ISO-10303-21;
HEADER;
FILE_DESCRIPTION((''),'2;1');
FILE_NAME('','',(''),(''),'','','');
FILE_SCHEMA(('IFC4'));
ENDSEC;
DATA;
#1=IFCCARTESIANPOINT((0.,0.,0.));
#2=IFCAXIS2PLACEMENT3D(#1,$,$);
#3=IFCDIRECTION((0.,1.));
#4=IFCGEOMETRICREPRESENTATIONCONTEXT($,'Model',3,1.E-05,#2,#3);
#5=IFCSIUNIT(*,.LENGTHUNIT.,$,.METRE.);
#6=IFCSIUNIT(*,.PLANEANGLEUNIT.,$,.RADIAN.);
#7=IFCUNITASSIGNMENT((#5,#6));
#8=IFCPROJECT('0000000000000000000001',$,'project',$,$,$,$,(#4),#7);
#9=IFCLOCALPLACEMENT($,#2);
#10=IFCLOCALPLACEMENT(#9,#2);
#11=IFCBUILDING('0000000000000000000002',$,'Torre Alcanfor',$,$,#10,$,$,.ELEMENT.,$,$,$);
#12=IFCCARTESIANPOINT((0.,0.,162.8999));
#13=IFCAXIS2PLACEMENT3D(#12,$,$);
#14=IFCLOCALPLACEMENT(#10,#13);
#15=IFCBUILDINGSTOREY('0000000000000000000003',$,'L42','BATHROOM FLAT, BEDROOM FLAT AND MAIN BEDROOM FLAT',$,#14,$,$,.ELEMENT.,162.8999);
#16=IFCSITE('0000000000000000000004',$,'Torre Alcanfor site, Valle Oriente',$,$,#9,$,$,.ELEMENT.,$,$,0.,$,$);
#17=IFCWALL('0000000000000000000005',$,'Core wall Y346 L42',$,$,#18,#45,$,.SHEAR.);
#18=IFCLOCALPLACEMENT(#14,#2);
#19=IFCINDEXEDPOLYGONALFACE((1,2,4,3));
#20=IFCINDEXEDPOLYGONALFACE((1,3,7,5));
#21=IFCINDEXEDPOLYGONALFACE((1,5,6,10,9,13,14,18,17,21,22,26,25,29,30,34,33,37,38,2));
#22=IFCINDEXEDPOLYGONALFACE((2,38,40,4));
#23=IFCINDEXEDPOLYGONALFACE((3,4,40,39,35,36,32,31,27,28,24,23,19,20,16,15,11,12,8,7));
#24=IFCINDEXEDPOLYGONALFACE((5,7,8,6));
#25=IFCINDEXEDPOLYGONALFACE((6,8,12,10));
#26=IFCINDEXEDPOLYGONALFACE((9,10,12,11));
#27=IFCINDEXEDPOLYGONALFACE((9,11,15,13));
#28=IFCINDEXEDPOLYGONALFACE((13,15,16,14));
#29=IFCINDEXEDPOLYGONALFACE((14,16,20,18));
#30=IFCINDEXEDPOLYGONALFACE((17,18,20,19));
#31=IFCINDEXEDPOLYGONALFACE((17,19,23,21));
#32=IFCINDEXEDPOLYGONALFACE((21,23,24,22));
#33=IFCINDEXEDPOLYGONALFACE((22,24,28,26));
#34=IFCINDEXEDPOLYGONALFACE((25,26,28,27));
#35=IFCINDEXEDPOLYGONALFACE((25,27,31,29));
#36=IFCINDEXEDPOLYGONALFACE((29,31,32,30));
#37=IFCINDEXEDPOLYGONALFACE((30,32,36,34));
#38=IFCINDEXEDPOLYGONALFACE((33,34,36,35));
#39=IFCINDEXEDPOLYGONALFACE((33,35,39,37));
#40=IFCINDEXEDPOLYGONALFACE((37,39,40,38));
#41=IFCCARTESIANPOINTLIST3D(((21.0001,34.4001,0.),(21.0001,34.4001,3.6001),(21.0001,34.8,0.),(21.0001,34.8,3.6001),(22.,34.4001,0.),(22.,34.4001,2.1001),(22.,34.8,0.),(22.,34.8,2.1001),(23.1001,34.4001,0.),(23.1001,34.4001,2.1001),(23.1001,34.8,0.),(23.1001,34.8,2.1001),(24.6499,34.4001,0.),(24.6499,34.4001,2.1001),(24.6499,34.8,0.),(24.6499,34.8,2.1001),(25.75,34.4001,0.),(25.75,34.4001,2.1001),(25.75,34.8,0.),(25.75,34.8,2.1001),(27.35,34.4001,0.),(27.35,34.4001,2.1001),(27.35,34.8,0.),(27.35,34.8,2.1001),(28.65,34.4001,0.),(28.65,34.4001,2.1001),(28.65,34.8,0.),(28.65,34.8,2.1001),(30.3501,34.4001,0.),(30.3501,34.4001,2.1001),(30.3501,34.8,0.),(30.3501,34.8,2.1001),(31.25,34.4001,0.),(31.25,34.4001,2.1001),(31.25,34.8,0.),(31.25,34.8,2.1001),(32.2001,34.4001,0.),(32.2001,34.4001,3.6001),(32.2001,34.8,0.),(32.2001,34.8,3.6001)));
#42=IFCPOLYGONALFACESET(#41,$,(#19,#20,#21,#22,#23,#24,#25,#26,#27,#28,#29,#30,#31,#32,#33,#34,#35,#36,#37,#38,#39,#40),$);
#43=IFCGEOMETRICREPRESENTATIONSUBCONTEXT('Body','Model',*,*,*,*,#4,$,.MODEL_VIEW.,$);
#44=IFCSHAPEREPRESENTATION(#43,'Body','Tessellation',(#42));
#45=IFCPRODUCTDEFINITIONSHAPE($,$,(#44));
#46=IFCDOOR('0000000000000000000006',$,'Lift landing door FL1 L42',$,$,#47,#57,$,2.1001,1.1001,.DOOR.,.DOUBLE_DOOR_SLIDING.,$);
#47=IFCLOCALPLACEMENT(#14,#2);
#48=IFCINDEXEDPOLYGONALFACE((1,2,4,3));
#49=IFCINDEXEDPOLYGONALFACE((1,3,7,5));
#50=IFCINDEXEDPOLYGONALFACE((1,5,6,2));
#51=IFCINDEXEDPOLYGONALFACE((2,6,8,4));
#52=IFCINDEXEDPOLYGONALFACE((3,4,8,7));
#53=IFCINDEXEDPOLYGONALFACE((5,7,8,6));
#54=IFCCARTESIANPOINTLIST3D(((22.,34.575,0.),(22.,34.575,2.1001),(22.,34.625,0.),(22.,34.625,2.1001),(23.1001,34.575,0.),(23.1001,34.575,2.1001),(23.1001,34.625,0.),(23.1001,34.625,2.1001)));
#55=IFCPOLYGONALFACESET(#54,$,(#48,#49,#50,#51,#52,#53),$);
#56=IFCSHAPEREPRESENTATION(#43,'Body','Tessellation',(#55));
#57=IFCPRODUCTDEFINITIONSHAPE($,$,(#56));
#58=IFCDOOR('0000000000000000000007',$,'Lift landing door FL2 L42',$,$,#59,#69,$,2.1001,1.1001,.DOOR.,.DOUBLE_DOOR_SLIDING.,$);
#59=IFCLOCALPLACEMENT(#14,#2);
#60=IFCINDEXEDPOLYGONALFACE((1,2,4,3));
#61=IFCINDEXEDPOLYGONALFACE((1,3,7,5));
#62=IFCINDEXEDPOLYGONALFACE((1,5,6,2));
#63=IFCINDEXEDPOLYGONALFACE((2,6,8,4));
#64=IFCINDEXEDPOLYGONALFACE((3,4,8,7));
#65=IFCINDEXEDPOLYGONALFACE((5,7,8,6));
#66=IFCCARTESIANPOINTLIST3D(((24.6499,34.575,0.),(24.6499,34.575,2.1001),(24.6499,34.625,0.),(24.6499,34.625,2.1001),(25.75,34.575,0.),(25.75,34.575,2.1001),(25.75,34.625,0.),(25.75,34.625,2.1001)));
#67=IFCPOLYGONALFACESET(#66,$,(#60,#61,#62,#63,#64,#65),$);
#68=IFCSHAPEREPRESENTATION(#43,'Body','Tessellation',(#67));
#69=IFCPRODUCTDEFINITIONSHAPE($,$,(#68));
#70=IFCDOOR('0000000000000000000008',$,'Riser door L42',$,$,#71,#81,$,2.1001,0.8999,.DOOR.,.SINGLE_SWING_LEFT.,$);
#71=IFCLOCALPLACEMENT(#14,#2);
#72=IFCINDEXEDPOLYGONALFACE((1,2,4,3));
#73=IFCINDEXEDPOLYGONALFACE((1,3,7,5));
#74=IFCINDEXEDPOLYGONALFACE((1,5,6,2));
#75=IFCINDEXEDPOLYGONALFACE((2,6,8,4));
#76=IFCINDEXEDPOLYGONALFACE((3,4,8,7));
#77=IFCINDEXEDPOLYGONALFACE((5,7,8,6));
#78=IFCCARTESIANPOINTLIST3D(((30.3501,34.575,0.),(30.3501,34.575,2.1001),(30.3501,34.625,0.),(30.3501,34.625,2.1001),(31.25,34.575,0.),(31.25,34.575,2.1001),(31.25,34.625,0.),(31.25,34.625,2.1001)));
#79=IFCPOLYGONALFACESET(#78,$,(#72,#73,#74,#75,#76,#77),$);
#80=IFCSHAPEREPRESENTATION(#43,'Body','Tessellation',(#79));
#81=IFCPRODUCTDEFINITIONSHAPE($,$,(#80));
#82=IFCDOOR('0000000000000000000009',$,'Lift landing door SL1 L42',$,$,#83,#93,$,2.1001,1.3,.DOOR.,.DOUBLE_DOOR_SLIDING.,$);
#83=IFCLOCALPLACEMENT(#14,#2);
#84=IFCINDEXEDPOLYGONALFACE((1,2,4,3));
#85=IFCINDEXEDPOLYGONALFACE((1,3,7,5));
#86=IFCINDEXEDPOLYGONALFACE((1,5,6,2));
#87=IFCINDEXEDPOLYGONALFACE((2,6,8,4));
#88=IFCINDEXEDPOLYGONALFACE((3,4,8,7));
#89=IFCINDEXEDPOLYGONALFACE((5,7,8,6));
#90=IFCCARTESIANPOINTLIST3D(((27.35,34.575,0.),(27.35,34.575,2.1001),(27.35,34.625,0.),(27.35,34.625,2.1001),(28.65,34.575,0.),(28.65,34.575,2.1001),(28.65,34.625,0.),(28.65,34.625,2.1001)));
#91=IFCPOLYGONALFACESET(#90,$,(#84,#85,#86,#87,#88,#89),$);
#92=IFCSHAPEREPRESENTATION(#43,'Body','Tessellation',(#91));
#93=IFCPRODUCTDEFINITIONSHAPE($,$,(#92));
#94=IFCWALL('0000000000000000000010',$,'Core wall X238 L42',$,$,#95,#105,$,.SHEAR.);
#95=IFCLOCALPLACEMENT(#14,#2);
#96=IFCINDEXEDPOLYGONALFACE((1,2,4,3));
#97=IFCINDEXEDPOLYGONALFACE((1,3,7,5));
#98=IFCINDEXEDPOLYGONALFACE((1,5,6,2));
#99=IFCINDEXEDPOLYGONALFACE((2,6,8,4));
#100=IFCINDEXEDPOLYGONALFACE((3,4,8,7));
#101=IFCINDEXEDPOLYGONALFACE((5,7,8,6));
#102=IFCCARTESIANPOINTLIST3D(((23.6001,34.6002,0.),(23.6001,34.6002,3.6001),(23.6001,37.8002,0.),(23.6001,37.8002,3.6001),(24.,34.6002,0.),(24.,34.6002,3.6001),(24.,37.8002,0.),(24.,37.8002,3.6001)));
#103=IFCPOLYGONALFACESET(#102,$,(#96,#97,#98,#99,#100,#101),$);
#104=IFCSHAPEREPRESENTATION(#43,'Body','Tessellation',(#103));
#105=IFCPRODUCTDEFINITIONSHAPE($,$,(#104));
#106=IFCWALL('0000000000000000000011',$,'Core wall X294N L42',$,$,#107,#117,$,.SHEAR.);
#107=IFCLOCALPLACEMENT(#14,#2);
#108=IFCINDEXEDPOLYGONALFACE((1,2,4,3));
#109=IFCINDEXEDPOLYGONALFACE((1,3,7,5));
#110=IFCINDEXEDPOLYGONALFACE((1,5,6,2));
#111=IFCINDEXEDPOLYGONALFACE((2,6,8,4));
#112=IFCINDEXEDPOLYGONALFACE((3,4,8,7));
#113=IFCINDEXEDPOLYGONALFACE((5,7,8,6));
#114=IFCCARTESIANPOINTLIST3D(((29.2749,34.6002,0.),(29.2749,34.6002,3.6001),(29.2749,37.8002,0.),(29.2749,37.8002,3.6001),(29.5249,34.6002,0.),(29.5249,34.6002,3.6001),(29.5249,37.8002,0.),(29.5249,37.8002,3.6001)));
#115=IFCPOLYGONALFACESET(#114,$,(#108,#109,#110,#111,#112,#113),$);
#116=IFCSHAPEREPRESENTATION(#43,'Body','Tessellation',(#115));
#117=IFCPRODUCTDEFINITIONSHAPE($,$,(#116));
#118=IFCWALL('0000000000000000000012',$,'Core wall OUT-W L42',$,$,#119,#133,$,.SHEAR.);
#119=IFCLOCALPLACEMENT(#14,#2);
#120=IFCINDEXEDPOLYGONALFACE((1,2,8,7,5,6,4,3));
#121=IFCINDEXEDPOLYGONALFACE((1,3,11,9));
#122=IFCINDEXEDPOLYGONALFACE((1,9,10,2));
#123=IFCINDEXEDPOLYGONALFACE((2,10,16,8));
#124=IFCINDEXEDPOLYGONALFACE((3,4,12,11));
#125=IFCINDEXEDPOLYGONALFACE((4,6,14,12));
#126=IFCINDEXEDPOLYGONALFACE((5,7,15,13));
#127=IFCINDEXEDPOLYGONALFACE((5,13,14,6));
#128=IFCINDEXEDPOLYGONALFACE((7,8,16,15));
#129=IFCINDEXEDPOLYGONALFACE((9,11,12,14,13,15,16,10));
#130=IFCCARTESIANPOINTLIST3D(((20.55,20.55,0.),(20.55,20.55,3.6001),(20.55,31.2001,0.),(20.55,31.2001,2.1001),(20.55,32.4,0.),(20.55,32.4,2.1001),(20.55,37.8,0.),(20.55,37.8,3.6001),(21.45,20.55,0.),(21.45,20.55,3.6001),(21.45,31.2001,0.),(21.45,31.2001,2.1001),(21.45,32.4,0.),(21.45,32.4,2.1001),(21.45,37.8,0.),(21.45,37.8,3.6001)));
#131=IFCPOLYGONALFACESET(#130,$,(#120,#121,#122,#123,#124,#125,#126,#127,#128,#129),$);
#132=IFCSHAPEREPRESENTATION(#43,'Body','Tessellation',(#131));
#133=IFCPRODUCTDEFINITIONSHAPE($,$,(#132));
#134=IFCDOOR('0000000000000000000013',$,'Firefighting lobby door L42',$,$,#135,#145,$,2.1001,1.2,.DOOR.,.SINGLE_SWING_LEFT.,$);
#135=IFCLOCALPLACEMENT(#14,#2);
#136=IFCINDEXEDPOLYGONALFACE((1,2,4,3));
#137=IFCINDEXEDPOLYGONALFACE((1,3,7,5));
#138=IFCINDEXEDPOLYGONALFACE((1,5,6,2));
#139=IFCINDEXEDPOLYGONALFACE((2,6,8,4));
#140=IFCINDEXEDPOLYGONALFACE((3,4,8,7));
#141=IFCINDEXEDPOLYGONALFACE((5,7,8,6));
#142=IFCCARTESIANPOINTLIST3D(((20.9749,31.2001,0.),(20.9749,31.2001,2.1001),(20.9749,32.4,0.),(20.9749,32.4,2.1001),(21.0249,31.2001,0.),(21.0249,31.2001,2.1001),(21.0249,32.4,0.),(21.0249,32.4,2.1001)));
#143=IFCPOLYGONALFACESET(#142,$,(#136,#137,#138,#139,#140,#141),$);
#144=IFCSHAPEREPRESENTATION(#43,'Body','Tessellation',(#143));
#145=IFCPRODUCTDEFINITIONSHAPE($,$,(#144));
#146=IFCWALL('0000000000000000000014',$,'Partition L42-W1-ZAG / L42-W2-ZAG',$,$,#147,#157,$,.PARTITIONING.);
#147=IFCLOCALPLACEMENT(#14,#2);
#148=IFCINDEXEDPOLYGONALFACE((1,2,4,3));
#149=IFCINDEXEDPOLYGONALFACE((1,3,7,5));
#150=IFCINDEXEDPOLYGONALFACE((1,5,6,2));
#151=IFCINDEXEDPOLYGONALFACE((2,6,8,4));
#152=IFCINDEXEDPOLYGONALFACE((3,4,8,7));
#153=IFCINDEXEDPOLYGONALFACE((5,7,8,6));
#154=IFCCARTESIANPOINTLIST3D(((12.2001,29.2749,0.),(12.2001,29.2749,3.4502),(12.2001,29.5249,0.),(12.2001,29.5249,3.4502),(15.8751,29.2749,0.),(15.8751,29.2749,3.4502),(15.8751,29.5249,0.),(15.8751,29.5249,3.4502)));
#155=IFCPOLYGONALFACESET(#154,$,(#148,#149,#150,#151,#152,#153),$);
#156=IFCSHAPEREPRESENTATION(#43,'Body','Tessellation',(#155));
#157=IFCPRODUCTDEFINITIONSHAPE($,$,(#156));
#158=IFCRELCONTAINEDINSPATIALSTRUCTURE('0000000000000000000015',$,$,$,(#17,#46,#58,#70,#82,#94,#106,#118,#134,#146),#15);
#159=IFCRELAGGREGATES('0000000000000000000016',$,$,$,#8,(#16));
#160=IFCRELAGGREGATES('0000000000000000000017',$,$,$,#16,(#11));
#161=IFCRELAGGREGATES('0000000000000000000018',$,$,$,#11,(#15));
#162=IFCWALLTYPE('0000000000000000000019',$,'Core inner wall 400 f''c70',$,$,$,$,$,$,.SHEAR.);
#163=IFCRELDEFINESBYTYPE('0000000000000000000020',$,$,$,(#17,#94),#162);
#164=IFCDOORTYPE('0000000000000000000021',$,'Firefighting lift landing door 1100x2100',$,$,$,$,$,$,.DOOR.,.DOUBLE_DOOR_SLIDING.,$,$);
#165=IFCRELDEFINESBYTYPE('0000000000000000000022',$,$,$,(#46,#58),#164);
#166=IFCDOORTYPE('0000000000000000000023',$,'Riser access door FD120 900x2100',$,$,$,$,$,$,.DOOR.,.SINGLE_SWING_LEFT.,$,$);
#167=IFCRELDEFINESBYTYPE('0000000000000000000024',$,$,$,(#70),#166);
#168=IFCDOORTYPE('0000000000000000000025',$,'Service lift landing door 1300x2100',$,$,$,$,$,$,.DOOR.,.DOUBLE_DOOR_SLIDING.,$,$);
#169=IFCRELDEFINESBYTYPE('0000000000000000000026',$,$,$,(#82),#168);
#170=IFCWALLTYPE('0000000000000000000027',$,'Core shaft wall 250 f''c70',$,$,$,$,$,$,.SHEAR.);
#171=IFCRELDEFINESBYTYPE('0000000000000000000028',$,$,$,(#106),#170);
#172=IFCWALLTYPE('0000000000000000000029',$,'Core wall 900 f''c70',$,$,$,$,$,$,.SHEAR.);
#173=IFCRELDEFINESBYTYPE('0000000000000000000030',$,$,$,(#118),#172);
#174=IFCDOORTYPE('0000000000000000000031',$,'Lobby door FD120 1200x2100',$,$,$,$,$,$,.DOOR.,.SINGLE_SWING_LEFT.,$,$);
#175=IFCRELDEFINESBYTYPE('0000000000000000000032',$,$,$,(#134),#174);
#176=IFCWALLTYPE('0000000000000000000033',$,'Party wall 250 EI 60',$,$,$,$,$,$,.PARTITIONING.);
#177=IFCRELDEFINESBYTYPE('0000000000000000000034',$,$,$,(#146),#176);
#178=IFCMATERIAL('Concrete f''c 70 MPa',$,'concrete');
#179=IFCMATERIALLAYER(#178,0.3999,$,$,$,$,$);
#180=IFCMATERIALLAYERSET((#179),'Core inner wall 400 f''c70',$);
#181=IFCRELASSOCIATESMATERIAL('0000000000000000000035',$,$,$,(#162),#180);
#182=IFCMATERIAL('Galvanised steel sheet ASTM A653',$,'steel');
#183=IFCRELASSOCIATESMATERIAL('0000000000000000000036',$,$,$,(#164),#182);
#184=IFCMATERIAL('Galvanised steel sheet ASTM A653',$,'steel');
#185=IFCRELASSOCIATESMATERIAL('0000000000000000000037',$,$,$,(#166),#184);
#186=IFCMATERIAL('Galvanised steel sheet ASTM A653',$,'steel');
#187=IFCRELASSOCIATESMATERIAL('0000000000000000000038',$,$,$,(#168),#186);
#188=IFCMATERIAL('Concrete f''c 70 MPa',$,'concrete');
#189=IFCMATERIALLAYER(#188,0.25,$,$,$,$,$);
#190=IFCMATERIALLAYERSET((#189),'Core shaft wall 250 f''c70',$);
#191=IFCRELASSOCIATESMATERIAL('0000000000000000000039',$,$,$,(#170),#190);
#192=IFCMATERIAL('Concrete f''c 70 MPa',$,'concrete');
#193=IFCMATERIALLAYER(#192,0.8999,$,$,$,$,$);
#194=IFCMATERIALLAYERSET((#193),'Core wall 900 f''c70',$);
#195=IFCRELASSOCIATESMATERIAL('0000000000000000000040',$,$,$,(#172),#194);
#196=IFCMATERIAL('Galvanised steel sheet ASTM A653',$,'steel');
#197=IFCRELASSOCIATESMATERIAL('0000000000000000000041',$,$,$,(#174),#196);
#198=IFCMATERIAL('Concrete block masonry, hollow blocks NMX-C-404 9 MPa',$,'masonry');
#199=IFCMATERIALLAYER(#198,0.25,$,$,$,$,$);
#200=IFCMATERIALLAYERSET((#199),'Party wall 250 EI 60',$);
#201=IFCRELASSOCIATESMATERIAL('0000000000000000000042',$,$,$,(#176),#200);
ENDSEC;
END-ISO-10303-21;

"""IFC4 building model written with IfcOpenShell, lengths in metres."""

from ifc_helpers import new_model, si_unit, direction, frame, frame_2d, origin, place, context, subcontext, project, spatial, rectangle, extrude, material, layer, layer_set, type_object, element, fill, save


model = new_model("IFC4")

# Units and contexts
model_context = context("Model", 3, precision=1e-05, world=origin(), true_north=direction((0.0, 1.0)))
body_context = subcontext(model_context, "Body", "Model", "MODEL_VIEW")
ifc_project = project(units=[si_unit("LENGTHUNIT", "METRE"), si_unit("PLANEANGLEUNIT", "RADIAN")], contexts=[model_context])

# Site, building, storey
site_placement = place(None, origin())
site = spatial("IfcSite", under=ifc_project, at=site_placement, Name="Torre Alcanfor site, Valle Oriente", CompositionType="ELEMENT", RefElevation=0.0)
building_placement = place(site_placement, origin())
building = spatial("IfcBuilding", under=site, at=building_placement, Name="Torre Alcanfor", CompositionType="ELEMENT")
storey_placement = place(building_placement, frame((0.0, 0.0, 162.8999)))
storey = spatial("IfcBuildingStorey", under=building, at=storey_placement, Name="L42", Description="BATHROOM FLAT, BEDROOM FLAT AND MAIN BEDROOM FLAT", CompositionType="ELEMENT", Elevation=162.8999)

# Shared definitions
ifc_material_1 = material(Name="Concrete f'c 70 MPa", Category="concrete")
ifc_layer_1 = layer(ifc_material_1, 0.3999)
ifc_layer_set_1 = layer_set([ifc_layer_1], Name="Core inner wall 400 f'c70")
wall_type_1 = type_object("IfcWallType", Name="Core inner wall 400 f'c70", PredefinedType="SHEAR", material=ifc_layer_set_1)

# Wall, openings, doors
wall_1_placement = place(storey_placement, frame((21.0, 34.6001, 0.0), z_axis=(0.0, 0.0, 1.0), x_axis=(1.0, 0.0, 0.0)))
wall_1 = element("IfcWall", 1, at=wall_1_placement, inside=storey, type_object=wall_type_1, Name="Core wall Y346 L42", PredefinedType="SHEAR", context=body_context, shape_type="SweptSolid", body=[
    extrude(rectangle(XDim=11.2, YDim=0.3999, at=frame_2d((5.6001, 0.0))), origin(), (0.0, 0.0, 1.0), 3.6001),
])
opening_1_placement = place(wall_1_placement, frame((9.3501, 0.0, 0.0)))
opening_1 = element("IfcOpeningElement", 2, at=opening_1_placement, cuts=wall_1, PredefinedType="OPENING", context=body_context, shape_type="SweptSolid", body=[
    extrude(rectangle(XDim=0.8999, YDim=2.1001, at=frame_2d((0.45, 1.05))), frame((0.0, 0.21, 0.0), z_axis=(0.0, -1.0, 0.0), x_axis=(1.0, 0.0, 0.0)), (0.0, 0.0, 1.0), 0.4199),
])
opening_2_placement = place(wall_1_placement, frame((1.0, 0.0, 0.0)))
opening_2 = element("IfcOpeningElement", 3, at=opening_2_placement, cuts=wall_1, PredefinedType="OPENING", context=body_context, shape_type="SweptSolid", body=[
    extrude(rectangle(XDim=1.1001, YDim=2.1001, at=frame_2d((0.55, 1.05))), frame((0.0, 0.21, 0.0), z_axis=(0.0, -1.0, 0.0), x_axis=(1.0, 0.0, 0.0)), (0.0, 0.0, 1.0), 0.4199),
])
opening_3_placement = place(wall_1_placement, frame((3.6499, 0.0, 0.0)))
opening_3 = element("IfcOpeningElement", 4, at=opening_3_placement, cuts=wall_1, PredefinedType="OPENING", context=body_context, shape_type="SweptSolid", body=[
    extrude(rectangle(XDim=1.1001, YDim=2.1001, at=frame_2d((0.55, 1.05))), frame((0.0, 0.21, 0.0), z_axis=(0.0, -1.0, 0.0), x_axis=(1.0, 0.0, 0.0)), (0.0, 0.0, 1.0), 0.4199),
])
opening_4_placement = place(wall_1_placement, frame((6.3501, 0.0, 0.0)))
opening_4 = element("IfcOpeningElement", 5, at=opening_4_placement, cuts=wall_1, PredefinedType="OPENING", context=body_context, shape_type="SweptSolid", body=[
    extrude(rectangle(XDim=1.3, YDim=2.1001, at=frame_2d((0.6499, 1.05))), frame((0.0, 0.21, 0.0), z_axis=(0.0, -1.0, 0.0), x_axis=(1.0, 0.0, 0.0)), (0.0, 0.0, 1.0), 0.4199),
])
ifc_material_2 = material(Name="Galvanised steel sheet ASTM A653", Category="steel")
door_type_1 = type_object("IfcDoorType", Name="Firefighting lift landing door 1100x2100", OperationType="DOUBLE_DOOR_SLIDING", PredefinedType="DOOR", material=ifc_material_2)
door_1_placement = place(opening_2_placement, origin())
door_1 = element("IfcDoor", 6, at=door_1_placement, inside=storey, type_object=door_type_1, Name="Lift landing door FL1 L42", OperationType="DOUBLE_DOOR_SLIDING", OverallHeight=2.1001, OverallWidth=1.1001, PredefinedType="DOOR", context=body_context, shape_type="SweptSolid", body=[
    extrude(rectangle(XDim=1.1001, YDim=2.1001, at=frame_2d((0.55, 1.05))), frame((0.0, 0.0249, 0.0), z_axis=(0.0, -1.0, 0.0), x_axis=(1.0, 0.0, 0.0)), (0.0, 0.0, 1.0), 0.05),
])
fill(opening_2, door_1)
door_2_placement = place(opening_3_placement, origin())
door_2 = element("IfcDoor", 7, at=door_2_placement, inside=storey, type_object=door_type_1, Name="Lift landing door FL2 L42", OperationType="DOUBLE_DOOR_SLIDING", OverallHeight=2.1001, OverallWidth=1.1001, PredefinedType="DOOR", context=body_context, shape_type="SweptSolid", body=[
    extrude(rectangle(XDim=1.1001, YDim=2.1001, at=frame_2d((0.55, 1.05))), frame((0.0, 0.0249, 0.0), z_axis=(0.0, -1.0, 0.0), x_axis=(1.0, 0.0, 0.0)), (0.0, 0.0, 1.0), 0.05),
])
fill(opening_3, door_2)
ifc_material_3 = material(Name="Galvanised steel sheet ASTM A653", Category="steel")
door_type_2 = type_object("IfcDoorType", Name="Riser access door FD120 900x2100", OperationType="SINGLE_SWING_LEFT", PredefinedType="DOOR", material=ifc_material_3)
door_3_placement = place(opening_1_placement, origin())
door_3 = element("IfcDoor", 8, at=door_3_placement, inside=storey, type_object=door_type_2, Name="Riser door L42", OperationType="SINGLE_SWING_LEFT", OverallHeight=2.1001, OverallWidth=0.8999, PredefinedType="DOOR", context=body_context, shape_type="SweptSolid", body=[
    extrude(rectangle(XDim=0.8999, YDim=2.1001, at=frame_2d((0.45, 1.05))), frame((0.0, 0.0249, 0.0), z_axis=(0.0, -1.0, 0.0), x_axis=(1.0, 0.0, 0.0)), (0.0, 0.0, 1.0), 0.05),
])
fill(opening_1, door_3)
ifc_material_4 = material(Name="Galvanised steel sheet ASTM A653", Category="steel")
door_type_3 = type_object("IfcDoorType", Name="Service lift landing door 1300x2100", OperationType="DOUBLE_DOOR_SLIDING", PredefinedType="DOOR", material=ifc_material_4)
door_4_placement = place(opening_4_placement, origin())
door_4 = element("IfcDoor", 9, at=door_4_placement, inside=storey, type_object=door_type_3, Name="Lift landing door SL1 L42", OperationType="DOUBLE_DOOR_SLIDING", OverallHeight=2.1001, OverallWidth=1.3, PredefinedType="DOOR", context=body_context, shape_type="SweptSolid", body=[
    extrude(rectangle(XDim=1.3, YDim=2.1001, at=frame_2d((0.6499, 1.05))), frame((0.0, 0.0249, 0.0), z_axis=(0.0, -1.0, 0.0), x_axis=(1.0, 0.0, 0.0)), (0.0, 0.0, 1.0), 0.05),
])
fill(opening_4, door_4)

# Walls
wall_2_placement = place(storey_placement, frame((23.8, 34.6001, 0.0), z_axis=(0.0, 0.0, 1.0), x_axis=(0.0, 1.0, 0.0)))
element("IfcWall", 10, at=wall_2_placement, inside=storey, type_object=wall_type_1, Name="Core wall X238 L42", PredefinedType="SHEAR", context=body_context, shape_type="SweptSolid", body=[
    extrude(rectangle(XDim=3.2, YDim=0.3999, at=frame_2d((1.6001, 0.0))), origin(), (0.0, 0.0, 1.0), 3.6001),
])
ifc_material_5 = material(Name="Concrete f'c 70 MPa", Category="concrete")
ifc_layer_2 = layer(ifc_material_5, 0.25)
ifc_layer_set_2 = layer_set([ifc_layer_2], Name="Core shaft wall 250 f'c70")
wall_type_2 = type_object("IfcWallType", Name="Core shaft wall 250 f'c70", PredefinedType="SHEAR", material=ifc_layer_set_2)
wall_3_placement = place(storey_placement, frame((29.3999, 34.6001, 0.0), z_axis=(0.0, 0.0, 1.0), x_axis=(0.0, 1.0, 0.0)))
element("IfcWall", 11, at=wall_3_placement, inside=storey, type_object=wall_type_2, Name="Core wall X294N L42", PredefinedType="SHEAR", context=body_context, shape_type="SweptSolid", body=[
    extrude(rectangle(XDim=3.2, YDim=0.25, at=frame_2d((1.6001, 0.0))), origin(), (0.0, 0.0, 1.0), 3.6001),
])

# Wall, opening, door
ifc_material_6 = material(Name="Concrete f'c 70 MPa", Category="concrete")
ifc_layer_3 = layer(ifc_material_6, 0.8999)
ifc_layer_set_3 = layer_set([ifc_layer_3], Name="Core wall 900 f'c70")
wall_type_3 = type_object("IfcWallType", Name="Core wall 900 f'c70", PredefinedType="SHEAR", material=ifc_layer_set_3)
wall_4_placement = place(storey_placement, frame((21.0, 37.8, 0.0), z_axis=(0.0, 0.0, 1.0), x_axis=(0.0, -1.0, 0.0)))
wall_4 = element("IfcWall", 12, at=wall_4_placement, inside=storey, type_object=wall_type_3, Name="Core wall OUT-W L42", PredefinedType="SHEAR", context=body_context, shape_type="SweptSolid", body=[
    extrude(rectangle(XDim=17.25, YDim=0.8999, at=frame_2d((8.625, 0.0))), origin(), (0.0, 0.0, 1.0), 3.6001),
])
opening_5_placement = place(wall_4_placement, frame((5.3999, 0.0, 0.0)))
opening_5 = element("IfcOpeningElement", 13, at=opening_5_placement, cuts=wall_4, PredefinedType="OPENING", context=body_context, shape_type="SweptSolid", body=[
    extrude(rectangle(XDim=1.2, YDim=2.1001, at=frame_2d((0.6001, 1.05))), frame((0.0, 0.46, 0.0), z_axis=(0.0, -1.0, 0.0), x_axis=(1.0, 0.0, 0.0)), (0.0, 0.0, 1.0), 0.9199),
])
ifc_material_7 = material(Name="Galvanised steel sheet ASTM A653", Category="steel")
door_type_4 = type_object("IfcDoorType", Name="Lobby door FD120 1200x2100", OperationType="SINGLE_SWING_LEFT", PredefinedType="DOOR", material=ifc_material_7)
door_5_placement = place(opening_5_placement, origin())
door_5 = element("IfcDoor", 14, at=door_5_placement, inside=storey, type_object=door_type_4, Name="Firefighting lobby door L42", OperationType="SINGLE_SWING_LEFT", OverallHeight=2.1001, OverallWidth=1.2, PredefinedType="DOOR", context=body_context, shape_type="SweptSolid", body=[
    extrude(rectangle(XDim=1.2, YDim=2.1001, at=frame_2d((0.6001, 1.05))), frame((0.0, 0.0249, 0.0), z_axis=(0.0, -1.0, 0.0), x_axis=(1.0, 0.0, 0.0)), (0.0, 0.0, 1.0), 0.05),
])
fill(opening_5, door_5)

# Wall
ifc_material_8 = material(Name="Concrete block masonry, hollow blocks NMX-C-404 9 MPa", Category="masonry")
ifc_layer_4 = layer(ifc_material_8, 0.25)
ifc_layer_set_4 = layer_set([ifc_layer_4], Name="Party wall 250 EI 60")
wall_type_4 = type_object("IfcWallType", Name="Party wall 250 EI 60", PredefinedType="PARTITIONING", material=ifc_layer_set_4)
wall_5_placement = place(storey_placement, frame((15.875, 29.3999, 0.0), z_axis=(0.0, 0.0, 1.0), x_axis=(-1.0, 0.0, 0.0)))
element("IfcWall", 15, at=wall_5_placement, inside=storey, type_object=wall_type_4, Name="Partition L42-W1-ZAG / L42-W2-ZAG", PredefinedType="PARTITIONING", context=body_context, shape_type="SweptSolid", body=[
    extrude(rectangle(XDim=3.675, YDim=0.25, at=frame_2d((1.8374, 0.0))), origin(), (0.0, 0.0, 1.0), 3.4502),
])

save(model, "model.ifc")
